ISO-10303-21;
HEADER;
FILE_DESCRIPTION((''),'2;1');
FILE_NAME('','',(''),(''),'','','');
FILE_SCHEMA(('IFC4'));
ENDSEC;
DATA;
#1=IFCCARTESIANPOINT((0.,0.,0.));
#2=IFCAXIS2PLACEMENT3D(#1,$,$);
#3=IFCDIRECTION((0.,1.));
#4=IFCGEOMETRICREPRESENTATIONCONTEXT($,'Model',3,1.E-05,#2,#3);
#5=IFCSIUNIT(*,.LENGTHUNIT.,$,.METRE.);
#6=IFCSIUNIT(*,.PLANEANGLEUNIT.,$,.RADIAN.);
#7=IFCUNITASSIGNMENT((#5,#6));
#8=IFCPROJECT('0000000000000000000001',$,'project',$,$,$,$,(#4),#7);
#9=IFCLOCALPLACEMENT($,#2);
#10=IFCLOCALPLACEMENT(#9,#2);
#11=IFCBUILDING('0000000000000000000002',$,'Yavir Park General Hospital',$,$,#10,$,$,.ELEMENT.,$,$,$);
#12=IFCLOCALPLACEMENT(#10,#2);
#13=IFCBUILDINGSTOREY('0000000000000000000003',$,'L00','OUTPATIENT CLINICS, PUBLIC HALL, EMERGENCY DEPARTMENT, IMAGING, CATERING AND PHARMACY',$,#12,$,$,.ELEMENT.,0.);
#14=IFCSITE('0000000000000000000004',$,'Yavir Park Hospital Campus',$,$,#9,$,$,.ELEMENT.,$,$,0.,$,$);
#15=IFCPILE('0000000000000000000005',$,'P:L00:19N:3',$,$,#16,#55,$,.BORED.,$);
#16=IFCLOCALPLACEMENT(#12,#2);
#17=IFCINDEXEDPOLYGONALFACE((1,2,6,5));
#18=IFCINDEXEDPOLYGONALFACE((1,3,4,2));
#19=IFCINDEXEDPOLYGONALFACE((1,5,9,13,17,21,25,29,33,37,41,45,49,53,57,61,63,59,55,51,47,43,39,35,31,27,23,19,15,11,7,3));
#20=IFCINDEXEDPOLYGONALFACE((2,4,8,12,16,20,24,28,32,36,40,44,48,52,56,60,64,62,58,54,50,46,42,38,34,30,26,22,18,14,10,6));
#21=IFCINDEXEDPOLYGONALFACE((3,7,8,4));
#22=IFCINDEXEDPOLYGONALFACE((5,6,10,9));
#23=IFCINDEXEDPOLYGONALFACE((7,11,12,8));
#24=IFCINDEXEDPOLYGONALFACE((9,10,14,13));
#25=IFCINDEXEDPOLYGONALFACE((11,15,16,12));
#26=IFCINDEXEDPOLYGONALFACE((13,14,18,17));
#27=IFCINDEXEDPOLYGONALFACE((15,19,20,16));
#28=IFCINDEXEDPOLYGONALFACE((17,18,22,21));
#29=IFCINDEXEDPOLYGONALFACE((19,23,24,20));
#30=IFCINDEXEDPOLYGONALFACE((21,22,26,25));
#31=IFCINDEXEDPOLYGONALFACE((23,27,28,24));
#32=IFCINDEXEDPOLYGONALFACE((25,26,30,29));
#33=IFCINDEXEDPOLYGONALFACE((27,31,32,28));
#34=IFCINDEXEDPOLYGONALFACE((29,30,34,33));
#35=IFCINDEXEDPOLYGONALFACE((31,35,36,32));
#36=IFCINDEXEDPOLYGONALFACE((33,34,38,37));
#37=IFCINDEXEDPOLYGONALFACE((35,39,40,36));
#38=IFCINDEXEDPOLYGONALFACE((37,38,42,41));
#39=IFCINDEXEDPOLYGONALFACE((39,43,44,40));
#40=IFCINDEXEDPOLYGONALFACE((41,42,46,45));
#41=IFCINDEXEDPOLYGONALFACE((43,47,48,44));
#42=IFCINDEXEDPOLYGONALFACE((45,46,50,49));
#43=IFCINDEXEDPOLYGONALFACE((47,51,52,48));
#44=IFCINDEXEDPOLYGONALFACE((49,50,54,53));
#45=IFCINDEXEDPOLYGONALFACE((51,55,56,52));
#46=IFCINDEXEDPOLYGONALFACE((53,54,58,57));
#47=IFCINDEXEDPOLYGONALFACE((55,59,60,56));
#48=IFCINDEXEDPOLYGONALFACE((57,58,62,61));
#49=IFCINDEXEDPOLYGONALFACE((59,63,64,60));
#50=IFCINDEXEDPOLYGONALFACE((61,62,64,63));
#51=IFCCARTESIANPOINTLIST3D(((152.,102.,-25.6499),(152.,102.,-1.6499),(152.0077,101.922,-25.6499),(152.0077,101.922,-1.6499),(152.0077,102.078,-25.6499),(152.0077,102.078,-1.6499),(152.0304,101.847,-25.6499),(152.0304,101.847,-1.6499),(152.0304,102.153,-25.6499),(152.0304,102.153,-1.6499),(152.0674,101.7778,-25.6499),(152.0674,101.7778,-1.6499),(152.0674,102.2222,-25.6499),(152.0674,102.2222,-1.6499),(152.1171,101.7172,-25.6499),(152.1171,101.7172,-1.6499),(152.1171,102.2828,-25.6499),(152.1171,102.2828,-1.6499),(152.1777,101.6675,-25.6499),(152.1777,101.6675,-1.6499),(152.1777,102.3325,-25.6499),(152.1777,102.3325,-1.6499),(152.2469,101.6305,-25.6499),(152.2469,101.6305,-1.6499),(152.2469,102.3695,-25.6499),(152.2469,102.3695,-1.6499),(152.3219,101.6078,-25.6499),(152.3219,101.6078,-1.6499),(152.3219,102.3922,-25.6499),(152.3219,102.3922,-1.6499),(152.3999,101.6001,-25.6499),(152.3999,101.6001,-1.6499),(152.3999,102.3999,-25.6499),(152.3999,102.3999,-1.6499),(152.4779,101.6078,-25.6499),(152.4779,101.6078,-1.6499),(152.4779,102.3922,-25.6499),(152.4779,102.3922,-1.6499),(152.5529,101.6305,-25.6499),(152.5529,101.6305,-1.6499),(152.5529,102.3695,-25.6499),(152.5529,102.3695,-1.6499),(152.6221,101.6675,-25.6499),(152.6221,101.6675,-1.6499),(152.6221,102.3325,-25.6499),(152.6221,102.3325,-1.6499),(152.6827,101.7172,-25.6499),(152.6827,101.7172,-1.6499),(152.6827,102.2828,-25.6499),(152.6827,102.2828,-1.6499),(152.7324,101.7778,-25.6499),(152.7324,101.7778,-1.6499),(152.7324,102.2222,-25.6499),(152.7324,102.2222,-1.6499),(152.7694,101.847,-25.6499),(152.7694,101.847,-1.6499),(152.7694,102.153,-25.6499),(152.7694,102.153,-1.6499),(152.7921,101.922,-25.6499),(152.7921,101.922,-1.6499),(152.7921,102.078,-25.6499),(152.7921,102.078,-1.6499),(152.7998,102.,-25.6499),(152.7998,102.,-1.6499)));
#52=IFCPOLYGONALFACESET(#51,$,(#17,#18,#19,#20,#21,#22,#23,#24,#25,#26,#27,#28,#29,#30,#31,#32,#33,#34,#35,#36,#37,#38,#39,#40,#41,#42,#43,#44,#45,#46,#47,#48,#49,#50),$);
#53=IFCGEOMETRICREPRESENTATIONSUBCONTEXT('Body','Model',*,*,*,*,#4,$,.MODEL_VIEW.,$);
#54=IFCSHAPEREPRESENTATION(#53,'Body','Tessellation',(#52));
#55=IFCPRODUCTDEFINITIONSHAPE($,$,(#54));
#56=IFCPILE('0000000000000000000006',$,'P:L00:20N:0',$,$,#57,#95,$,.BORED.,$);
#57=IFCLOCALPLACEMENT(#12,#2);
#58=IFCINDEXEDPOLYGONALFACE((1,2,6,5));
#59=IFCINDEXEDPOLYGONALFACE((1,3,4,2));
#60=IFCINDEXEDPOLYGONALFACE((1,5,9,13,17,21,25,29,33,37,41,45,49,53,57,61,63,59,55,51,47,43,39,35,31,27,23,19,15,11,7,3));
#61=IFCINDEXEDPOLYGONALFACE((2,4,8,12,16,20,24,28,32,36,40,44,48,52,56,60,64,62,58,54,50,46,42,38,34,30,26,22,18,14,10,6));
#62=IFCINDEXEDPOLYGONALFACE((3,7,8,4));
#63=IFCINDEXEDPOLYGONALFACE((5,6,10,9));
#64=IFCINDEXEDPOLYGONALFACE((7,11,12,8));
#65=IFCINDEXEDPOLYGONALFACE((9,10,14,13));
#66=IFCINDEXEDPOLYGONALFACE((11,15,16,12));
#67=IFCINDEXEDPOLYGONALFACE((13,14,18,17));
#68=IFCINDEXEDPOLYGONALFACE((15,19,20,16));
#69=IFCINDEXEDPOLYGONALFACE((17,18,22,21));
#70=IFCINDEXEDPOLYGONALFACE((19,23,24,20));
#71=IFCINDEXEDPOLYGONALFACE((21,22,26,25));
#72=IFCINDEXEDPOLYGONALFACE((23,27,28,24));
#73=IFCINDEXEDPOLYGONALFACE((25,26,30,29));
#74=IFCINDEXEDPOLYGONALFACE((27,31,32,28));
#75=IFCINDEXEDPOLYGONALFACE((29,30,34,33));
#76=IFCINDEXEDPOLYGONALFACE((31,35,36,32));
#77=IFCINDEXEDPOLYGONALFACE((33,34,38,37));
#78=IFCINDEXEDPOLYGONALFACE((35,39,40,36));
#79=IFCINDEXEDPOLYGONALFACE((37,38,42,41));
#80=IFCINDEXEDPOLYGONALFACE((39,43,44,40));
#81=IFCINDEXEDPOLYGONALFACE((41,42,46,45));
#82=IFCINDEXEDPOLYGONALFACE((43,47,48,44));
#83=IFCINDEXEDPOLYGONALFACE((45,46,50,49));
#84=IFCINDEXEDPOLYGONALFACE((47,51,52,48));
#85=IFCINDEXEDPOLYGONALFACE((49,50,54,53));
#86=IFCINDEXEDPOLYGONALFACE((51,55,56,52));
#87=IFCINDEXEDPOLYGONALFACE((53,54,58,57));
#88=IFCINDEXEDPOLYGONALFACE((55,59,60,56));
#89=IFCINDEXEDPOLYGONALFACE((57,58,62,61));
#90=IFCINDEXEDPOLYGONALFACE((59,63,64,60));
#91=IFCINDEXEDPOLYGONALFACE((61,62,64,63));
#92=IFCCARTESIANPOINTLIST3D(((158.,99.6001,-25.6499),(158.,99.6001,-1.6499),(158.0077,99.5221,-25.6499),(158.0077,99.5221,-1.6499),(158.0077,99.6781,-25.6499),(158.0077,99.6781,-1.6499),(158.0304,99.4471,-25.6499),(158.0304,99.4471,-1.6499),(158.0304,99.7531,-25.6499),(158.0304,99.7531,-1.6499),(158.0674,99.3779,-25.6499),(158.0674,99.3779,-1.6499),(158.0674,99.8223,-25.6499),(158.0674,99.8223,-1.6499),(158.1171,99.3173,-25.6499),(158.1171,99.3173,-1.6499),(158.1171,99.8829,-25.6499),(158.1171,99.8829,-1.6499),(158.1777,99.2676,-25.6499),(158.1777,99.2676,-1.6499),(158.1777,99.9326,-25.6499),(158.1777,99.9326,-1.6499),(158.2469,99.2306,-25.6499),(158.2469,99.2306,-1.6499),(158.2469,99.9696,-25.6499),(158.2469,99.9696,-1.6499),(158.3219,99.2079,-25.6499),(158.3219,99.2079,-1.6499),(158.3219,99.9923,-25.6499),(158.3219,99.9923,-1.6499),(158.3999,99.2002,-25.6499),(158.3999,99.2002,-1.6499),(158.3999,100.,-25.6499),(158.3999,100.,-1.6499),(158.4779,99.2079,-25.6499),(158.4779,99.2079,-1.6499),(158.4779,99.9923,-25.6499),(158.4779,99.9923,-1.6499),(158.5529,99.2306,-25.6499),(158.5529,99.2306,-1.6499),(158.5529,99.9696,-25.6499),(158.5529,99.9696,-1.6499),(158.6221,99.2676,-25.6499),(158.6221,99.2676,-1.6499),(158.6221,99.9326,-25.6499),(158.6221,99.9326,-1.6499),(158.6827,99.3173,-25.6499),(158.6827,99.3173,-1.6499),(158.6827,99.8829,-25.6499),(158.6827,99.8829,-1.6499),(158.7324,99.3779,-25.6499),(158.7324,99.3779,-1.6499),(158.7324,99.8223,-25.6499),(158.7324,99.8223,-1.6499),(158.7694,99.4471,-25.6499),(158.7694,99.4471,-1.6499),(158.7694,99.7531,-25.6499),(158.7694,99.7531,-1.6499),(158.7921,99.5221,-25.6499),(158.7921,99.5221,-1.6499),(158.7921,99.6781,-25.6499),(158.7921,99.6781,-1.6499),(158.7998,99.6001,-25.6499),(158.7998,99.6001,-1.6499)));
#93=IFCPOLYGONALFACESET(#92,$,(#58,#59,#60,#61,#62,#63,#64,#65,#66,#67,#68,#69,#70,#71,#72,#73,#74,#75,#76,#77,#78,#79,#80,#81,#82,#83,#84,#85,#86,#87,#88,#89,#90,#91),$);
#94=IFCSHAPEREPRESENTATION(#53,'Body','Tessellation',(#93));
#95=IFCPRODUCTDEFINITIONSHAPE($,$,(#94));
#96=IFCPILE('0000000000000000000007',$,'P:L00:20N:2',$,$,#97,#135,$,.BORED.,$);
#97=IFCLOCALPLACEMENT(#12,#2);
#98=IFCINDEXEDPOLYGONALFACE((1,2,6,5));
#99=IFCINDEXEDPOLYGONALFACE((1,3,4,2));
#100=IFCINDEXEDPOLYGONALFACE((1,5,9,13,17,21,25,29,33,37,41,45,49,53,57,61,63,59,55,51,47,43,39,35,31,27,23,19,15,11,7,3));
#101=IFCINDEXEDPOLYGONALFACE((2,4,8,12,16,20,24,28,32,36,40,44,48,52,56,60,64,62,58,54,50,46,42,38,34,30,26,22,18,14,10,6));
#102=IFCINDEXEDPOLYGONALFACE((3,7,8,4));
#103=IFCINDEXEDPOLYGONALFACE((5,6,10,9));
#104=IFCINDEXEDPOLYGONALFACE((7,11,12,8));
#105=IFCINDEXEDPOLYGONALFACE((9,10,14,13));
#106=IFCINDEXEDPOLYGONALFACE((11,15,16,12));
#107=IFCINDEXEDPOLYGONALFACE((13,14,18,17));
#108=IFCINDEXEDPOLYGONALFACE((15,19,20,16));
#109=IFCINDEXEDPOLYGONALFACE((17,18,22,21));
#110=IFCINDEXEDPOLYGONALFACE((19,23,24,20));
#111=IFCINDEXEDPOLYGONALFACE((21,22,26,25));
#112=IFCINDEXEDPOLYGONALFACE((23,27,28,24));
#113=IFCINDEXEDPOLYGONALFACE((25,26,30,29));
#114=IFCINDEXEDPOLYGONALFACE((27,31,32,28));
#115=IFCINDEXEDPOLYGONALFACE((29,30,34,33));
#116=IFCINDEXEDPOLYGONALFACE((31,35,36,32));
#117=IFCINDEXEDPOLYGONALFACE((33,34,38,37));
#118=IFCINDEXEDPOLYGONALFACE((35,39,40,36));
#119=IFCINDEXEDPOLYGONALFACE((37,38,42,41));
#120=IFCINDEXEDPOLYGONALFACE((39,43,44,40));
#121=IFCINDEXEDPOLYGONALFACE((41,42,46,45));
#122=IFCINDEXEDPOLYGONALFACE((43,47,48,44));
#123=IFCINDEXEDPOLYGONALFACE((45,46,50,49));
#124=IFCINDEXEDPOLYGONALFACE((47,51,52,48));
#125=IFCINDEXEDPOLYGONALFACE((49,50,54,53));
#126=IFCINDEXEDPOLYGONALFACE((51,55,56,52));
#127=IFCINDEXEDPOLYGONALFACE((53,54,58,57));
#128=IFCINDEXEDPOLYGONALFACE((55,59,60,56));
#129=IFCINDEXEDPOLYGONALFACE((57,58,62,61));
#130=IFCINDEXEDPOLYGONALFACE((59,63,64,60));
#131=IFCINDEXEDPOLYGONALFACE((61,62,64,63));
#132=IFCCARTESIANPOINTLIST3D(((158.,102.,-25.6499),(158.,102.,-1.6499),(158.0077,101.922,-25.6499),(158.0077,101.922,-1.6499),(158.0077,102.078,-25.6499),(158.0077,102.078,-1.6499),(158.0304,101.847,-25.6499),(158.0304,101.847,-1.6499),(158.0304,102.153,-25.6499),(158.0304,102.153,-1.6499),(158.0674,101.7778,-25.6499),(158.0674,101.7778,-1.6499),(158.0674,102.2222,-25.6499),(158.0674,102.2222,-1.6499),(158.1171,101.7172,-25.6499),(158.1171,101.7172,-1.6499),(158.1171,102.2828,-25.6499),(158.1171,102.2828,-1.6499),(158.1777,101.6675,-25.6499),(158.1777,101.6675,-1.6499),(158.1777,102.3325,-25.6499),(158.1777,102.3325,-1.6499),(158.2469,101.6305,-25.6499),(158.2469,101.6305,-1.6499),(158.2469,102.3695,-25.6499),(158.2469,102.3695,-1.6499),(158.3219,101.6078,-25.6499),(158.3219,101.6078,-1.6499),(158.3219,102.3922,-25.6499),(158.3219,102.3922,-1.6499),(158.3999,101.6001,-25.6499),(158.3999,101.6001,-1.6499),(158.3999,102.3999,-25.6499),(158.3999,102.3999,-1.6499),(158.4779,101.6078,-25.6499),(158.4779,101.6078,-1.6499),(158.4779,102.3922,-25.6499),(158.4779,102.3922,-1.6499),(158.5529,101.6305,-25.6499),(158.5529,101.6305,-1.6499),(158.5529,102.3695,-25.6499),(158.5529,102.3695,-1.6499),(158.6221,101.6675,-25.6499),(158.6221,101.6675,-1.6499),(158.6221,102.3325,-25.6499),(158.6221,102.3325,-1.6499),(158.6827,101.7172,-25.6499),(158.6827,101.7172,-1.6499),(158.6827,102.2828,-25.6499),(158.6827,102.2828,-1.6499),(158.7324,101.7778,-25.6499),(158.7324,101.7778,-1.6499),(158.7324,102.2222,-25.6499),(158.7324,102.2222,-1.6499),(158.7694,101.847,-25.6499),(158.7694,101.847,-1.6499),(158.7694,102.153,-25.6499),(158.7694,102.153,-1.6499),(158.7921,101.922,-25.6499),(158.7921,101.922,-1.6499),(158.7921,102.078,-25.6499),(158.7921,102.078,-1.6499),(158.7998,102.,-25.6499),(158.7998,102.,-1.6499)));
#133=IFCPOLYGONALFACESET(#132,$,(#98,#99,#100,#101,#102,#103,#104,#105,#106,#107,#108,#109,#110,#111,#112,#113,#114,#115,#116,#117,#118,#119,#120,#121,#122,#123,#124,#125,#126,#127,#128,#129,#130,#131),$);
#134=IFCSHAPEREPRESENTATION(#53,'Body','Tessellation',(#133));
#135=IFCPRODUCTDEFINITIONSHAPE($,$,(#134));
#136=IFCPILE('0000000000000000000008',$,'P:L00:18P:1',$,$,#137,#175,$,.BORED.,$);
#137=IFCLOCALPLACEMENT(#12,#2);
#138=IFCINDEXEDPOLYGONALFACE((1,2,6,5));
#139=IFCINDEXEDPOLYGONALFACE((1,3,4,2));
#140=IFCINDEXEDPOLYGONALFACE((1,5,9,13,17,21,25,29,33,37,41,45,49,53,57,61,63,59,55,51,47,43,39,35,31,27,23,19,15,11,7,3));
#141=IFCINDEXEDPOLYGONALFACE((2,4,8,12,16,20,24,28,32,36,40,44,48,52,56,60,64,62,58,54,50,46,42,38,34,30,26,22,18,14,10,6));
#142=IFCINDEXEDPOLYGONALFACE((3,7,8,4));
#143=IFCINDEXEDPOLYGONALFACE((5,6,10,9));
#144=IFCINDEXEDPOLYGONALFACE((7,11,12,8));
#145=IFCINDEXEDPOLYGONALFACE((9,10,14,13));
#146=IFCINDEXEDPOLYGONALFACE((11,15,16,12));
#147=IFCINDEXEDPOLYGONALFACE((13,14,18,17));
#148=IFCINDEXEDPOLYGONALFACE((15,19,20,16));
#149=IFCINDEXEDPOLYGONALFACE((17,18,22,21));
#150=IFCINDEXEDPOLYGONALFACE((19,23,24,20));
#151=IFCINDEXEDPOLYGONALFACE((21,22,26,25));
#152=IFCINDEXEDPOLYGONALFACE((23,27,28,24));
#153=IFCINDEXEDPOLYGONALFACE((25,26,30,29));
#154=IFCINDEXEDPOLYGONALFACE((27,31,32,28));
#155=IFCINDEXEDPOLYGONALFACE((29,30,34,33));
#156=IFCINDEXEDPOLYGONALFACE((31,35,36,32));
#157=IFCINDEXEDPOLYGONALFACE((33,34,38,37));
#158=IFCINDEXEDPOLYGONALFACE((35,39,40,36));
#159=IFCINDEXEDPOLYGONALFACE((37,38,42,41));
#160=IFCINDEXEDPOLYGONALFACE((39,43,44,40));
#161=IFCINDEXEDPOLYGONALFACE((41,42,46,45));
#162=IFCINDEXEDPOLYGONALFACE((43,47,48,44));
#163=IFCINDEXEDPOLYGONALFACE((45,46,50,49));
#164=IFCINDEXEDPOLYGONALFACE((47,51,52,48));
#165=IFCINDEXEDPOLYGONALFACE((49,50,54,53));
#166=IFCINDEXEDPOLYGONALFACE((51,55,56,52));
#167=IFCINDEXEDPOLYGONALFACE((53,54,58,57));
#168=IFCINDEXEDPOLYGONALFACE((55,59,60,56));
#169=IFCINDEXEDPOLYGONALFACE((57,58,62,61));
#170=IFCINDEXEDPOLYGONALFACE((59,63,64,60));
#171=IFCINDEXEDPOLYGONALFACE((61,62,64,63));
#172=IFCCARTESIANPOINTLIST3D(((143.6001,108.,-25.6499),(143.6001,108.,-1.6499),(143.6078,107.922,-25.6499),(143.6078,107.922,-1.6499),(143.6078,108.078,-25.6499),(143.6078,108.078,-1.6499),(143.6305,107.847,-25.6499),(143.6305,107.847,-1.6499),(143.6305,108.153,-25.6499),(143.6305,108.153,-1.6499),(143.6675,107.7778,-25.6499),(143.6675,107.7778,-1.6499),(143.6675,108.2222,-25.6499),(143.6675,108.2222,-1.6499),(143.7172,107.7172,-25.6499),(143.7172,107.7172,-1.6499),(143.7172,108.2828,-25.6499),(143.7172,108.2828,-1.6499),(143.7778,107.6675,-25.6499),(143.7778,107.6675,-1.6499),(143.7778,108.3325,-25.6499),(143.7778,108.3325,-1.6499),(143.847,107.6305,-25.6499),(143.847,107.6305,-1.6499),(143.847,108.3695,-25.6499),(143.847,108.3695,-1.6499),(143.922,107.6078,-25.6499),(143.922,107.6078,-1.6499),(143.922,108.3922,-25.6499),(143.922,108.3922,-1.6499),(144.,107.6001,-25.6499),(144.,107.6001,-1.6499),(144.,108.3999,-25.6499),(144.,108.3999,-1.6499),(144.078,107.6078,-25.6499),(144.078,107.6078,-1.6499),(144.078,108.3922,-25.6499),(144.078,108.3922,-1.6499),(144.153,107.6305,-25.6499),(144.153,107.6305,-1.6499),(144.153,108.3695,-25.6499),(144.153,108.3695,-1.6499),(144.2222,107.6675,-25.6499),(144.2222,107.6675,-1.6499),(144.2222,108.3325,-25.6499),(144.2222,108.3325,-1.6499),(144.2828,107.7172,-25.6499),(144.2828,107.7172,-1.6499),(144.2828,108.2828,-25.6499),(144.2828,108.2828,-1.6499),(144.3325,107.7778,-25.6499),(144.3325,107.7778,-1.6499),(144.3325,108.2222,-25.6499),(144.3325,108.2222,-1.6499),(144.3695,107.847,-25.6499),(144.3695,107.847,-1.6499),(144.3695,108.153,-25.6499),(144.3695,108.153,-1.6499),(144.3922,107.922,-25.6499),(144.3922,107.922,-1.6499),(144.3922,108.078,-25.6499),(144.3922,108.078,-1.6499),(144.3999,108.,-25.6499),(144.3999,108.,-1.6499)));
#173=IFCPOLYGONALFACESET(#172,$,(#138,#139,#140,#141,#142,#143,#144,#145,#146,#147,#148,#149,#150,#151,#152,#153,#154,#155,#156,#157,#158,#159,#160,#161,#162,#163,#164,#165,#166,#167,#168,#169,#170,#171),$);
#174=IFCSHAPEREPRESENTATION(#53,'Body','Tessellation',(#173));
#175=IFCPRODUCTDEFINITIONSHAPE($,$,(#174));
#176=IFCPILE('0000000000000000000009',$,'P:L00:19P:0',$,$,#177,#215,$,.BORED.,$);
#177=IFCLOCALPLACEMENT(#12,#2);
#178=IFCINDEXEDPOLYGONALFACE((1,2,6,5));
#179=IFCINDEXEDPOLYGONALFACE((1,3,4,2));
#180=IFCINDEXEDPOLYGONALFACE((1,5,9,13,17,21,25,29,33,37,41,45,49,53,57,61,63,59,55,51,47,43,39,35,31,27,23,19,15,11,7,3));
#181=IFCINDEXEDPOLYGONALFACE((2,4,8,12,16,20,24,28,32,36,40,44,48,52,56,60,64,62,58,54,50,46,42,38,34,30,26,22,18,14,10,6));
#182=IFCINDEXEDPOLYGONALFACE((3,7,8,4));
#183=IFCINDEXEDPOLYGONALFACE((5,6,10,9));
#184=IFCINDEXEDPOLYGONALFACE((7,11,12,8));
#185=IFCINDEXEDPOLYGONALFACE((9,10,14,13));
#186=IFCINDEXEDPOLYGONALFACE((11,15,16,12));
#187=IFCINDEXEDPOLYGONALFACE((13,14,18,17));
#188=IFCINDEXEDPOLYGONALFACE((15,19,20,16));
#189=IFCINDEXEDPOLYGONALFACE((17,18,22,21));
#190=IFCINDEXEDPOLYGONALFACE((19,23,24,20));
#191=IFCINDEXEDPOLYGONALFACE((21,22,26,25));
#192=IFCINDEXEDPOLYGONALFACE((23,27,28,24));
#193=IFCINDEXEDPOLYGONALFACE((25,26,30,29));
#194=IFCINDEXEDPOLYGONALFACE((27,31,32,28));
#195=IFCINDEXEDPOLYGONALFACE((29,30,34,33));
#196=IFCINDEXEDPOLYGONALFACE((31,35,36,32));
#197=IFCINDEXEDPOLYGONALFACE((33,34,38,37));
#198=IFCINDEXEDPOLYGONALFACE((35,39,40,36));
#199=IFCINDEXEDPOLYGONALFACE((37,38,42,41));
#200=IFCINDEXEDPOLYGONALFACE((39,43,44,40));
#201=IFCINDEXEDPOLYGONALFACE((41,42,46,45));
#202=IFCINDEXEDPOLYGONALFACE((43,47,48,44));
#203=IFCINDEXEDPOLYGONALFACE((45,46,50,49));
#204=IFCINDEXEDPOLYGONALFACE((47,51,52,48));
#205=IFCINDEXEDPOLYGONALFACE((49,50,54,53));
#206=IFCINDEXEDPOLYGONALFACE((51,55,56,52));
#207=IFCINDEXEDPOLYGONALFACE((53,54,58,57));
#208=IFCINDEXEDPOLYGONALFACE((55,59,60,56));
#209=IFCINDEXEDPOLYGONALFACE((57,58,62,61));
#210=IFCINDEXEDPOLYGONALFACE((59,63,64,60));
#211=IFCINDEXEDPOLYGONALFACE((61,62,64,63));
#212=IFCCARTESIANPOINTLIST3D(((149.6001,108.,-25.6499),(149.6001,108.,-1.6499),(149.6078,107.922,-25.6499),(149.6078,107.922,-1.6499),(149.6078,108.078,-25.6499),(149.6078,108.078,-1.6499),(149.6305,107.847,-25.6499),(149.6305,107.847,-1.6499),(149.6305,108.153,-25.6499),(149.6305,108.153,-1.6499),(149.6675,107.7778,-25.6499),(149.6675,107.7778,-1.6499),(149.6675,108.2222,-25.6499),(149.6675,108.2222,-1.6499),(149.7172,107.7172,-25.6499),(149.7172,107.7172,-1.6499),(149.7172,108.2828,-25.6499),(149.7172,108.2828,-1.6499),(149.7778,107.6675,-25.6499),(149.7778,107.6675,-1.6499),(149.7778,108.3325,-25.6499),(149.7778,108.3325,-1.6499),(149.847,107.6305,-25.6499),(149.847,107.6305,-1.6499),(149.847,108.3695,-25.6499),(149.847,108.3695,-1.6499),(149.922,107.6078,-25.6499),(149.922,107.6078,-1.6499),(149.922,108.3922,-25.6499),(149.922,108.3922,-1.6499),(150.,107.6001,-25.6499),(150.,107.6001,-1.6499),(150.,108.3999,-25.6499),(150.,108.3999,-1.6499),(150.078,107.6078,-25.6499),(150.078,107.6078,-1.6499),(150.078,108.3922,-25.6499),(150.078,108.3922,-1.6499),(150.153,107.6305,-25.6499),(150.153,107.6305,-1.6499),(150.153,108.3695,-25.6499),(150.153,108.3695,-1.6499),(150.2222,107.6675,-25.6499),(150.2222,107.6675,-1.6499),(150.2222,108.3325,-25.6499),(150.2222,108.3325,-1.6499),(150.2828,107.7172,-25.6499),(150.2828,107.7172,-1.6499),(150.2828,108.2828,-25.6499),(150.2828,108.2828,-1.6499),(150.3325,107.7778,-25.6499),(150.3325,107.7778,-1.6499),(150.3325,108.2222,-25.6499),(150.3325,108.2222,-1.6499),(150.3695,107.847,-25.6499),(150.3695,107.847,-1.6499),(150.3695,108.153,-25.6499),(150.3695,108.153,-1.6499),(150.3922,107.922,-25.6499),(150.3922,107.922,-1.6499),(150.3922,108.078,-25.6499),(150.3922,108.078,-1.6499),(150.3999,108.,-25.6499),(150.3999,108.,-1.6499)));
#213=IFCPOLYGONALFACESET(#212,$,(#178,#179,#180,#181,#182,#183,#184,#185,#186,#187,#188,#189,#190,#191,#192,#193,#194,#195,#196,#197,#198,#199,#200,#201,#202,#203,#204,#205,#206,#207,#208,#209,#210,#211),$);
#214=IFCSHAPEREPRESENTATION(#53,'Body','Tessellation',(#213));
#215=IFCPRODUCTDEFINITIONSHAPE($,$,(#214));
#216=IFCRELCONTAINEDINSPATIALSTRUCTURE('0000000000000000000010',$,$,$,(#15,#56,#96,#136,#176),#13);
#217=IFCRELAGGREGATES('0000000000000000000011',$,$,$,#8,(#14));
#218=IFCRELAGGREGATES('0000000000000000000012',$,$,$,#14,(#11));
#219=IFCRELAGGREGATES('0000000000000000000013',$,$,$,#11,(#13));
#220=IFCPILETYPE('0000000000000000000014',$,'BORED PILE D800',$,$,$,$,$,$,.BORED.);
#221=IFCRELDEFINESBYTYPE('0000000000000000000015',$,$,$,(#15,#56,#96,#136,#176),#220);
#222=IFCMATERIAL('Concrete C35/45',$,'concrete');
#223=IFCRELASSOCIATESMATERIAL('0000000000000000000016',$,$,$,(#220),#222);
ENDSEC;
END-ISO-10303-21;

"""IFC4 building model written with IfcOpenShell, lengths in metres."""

from ifc_helpers import new_model, si_unit, direction, frame, origin, origin_2d, place, context, subcontext, project, spatial, circle, extrude, material, material_profile, profile_set, type_object, element, save


model = new_model("IFC4")

# Units and contexts
model_context = context("Model", 3, precision=1e-05, world=origin(), true_north=direction((0.0, 1.0)))
body_context = subcontext(model_context, "Body", "Model", "MODEL_VIEW")
ifc_project = project(units=[si_unit("LENGTHUNIT", "METRE"), si_unit("PLANEANGLEUNIT", "RADIAN")], contexts=[model_context])

# Site, building, storey
site_placement = place(None, origin())
site = spatial("IfcSite", under=ifc_project, at=site_placement, Name="Yavir Park Hospital Campus", CompositionType="ELEMENT", RefElevation=0.0)
building_placement = place(site_placement, origin())
building = spatial("IfcBuilding", under=site, at=building_placement, Name="Yavir Park General Hospital", CompositionType="ELEMENT")
storey_placement = place(building_placement, origin())
storey = spatial("IfcBuildingStorey", under=building, at=storey_placement, Name="L00", Description="OUTPATIENT CLINICS, PUBLIC HALL, EMERGENCY DEPARTMENT, IMAGING, CATERING AND PHARMACY", CompositionType="ELEMENT", Elevation=0.0)

# Piles
ifc_material_1 = material(Name="Concrete C35/45", Category="concrete")
ifc_material_profile_1 = material_profile(ifc_material_1, circle(Radius=0.3999, at=origin_2d()), Name="D800")
ifc_profile_set_1 = profile_set([ifc_material_profile_1], Name="Concrete C35/45")
pile_type = type_object("IfcPileType", Name="BORED PILE D800", PredefinedType="BORED", material=ifc_profile_set_1)
for number, where, z_axis, x_axis, name in (
    (1, (152.3999, 102.0, -1.6499), (0.0, 0.0, -1.0), (1.0, 0.0, 0.0), "P:L00:19N:3"),
    (2, (158.3999, 99.6001, -1.6499), (0.0, 0.0, -1.0), (1.0, 0.0, 0.0), "P:L00:20N:0"),
    (3, (158.3999, 102.0, -1.6499), (0.0, 0.0, -1.0), (1.0, 0.0, 0.0), "P:L00:20N:2"),
    (4, (144.0, 108.0, -1.6499), (0.0, 0.0, -1.0), (1.0, 0.0, 0.0), "P:L00:18P:1"),
    (5, (150.0, 108.0, -1.6499), (0.0, 0.0, -1.0), (1.0, 0.0, 0.0), "P:L00:19P:0"),
):
    element("IfcPile", number, at=place(storey_placement, frame(where, z_axis=z_axis, x_axis=x_axis)), inside=storey, type_object=pile_type, Name=name, PredefinedType="BORED", context=body_context, shape_type="SweptSolid", body=[
        extrude(circle(Radius=0.3999, at=origin_2d()), origin(), (0.0, 0.0, 1.0), 24.0),
    ])

save(model, "model.ifc")
